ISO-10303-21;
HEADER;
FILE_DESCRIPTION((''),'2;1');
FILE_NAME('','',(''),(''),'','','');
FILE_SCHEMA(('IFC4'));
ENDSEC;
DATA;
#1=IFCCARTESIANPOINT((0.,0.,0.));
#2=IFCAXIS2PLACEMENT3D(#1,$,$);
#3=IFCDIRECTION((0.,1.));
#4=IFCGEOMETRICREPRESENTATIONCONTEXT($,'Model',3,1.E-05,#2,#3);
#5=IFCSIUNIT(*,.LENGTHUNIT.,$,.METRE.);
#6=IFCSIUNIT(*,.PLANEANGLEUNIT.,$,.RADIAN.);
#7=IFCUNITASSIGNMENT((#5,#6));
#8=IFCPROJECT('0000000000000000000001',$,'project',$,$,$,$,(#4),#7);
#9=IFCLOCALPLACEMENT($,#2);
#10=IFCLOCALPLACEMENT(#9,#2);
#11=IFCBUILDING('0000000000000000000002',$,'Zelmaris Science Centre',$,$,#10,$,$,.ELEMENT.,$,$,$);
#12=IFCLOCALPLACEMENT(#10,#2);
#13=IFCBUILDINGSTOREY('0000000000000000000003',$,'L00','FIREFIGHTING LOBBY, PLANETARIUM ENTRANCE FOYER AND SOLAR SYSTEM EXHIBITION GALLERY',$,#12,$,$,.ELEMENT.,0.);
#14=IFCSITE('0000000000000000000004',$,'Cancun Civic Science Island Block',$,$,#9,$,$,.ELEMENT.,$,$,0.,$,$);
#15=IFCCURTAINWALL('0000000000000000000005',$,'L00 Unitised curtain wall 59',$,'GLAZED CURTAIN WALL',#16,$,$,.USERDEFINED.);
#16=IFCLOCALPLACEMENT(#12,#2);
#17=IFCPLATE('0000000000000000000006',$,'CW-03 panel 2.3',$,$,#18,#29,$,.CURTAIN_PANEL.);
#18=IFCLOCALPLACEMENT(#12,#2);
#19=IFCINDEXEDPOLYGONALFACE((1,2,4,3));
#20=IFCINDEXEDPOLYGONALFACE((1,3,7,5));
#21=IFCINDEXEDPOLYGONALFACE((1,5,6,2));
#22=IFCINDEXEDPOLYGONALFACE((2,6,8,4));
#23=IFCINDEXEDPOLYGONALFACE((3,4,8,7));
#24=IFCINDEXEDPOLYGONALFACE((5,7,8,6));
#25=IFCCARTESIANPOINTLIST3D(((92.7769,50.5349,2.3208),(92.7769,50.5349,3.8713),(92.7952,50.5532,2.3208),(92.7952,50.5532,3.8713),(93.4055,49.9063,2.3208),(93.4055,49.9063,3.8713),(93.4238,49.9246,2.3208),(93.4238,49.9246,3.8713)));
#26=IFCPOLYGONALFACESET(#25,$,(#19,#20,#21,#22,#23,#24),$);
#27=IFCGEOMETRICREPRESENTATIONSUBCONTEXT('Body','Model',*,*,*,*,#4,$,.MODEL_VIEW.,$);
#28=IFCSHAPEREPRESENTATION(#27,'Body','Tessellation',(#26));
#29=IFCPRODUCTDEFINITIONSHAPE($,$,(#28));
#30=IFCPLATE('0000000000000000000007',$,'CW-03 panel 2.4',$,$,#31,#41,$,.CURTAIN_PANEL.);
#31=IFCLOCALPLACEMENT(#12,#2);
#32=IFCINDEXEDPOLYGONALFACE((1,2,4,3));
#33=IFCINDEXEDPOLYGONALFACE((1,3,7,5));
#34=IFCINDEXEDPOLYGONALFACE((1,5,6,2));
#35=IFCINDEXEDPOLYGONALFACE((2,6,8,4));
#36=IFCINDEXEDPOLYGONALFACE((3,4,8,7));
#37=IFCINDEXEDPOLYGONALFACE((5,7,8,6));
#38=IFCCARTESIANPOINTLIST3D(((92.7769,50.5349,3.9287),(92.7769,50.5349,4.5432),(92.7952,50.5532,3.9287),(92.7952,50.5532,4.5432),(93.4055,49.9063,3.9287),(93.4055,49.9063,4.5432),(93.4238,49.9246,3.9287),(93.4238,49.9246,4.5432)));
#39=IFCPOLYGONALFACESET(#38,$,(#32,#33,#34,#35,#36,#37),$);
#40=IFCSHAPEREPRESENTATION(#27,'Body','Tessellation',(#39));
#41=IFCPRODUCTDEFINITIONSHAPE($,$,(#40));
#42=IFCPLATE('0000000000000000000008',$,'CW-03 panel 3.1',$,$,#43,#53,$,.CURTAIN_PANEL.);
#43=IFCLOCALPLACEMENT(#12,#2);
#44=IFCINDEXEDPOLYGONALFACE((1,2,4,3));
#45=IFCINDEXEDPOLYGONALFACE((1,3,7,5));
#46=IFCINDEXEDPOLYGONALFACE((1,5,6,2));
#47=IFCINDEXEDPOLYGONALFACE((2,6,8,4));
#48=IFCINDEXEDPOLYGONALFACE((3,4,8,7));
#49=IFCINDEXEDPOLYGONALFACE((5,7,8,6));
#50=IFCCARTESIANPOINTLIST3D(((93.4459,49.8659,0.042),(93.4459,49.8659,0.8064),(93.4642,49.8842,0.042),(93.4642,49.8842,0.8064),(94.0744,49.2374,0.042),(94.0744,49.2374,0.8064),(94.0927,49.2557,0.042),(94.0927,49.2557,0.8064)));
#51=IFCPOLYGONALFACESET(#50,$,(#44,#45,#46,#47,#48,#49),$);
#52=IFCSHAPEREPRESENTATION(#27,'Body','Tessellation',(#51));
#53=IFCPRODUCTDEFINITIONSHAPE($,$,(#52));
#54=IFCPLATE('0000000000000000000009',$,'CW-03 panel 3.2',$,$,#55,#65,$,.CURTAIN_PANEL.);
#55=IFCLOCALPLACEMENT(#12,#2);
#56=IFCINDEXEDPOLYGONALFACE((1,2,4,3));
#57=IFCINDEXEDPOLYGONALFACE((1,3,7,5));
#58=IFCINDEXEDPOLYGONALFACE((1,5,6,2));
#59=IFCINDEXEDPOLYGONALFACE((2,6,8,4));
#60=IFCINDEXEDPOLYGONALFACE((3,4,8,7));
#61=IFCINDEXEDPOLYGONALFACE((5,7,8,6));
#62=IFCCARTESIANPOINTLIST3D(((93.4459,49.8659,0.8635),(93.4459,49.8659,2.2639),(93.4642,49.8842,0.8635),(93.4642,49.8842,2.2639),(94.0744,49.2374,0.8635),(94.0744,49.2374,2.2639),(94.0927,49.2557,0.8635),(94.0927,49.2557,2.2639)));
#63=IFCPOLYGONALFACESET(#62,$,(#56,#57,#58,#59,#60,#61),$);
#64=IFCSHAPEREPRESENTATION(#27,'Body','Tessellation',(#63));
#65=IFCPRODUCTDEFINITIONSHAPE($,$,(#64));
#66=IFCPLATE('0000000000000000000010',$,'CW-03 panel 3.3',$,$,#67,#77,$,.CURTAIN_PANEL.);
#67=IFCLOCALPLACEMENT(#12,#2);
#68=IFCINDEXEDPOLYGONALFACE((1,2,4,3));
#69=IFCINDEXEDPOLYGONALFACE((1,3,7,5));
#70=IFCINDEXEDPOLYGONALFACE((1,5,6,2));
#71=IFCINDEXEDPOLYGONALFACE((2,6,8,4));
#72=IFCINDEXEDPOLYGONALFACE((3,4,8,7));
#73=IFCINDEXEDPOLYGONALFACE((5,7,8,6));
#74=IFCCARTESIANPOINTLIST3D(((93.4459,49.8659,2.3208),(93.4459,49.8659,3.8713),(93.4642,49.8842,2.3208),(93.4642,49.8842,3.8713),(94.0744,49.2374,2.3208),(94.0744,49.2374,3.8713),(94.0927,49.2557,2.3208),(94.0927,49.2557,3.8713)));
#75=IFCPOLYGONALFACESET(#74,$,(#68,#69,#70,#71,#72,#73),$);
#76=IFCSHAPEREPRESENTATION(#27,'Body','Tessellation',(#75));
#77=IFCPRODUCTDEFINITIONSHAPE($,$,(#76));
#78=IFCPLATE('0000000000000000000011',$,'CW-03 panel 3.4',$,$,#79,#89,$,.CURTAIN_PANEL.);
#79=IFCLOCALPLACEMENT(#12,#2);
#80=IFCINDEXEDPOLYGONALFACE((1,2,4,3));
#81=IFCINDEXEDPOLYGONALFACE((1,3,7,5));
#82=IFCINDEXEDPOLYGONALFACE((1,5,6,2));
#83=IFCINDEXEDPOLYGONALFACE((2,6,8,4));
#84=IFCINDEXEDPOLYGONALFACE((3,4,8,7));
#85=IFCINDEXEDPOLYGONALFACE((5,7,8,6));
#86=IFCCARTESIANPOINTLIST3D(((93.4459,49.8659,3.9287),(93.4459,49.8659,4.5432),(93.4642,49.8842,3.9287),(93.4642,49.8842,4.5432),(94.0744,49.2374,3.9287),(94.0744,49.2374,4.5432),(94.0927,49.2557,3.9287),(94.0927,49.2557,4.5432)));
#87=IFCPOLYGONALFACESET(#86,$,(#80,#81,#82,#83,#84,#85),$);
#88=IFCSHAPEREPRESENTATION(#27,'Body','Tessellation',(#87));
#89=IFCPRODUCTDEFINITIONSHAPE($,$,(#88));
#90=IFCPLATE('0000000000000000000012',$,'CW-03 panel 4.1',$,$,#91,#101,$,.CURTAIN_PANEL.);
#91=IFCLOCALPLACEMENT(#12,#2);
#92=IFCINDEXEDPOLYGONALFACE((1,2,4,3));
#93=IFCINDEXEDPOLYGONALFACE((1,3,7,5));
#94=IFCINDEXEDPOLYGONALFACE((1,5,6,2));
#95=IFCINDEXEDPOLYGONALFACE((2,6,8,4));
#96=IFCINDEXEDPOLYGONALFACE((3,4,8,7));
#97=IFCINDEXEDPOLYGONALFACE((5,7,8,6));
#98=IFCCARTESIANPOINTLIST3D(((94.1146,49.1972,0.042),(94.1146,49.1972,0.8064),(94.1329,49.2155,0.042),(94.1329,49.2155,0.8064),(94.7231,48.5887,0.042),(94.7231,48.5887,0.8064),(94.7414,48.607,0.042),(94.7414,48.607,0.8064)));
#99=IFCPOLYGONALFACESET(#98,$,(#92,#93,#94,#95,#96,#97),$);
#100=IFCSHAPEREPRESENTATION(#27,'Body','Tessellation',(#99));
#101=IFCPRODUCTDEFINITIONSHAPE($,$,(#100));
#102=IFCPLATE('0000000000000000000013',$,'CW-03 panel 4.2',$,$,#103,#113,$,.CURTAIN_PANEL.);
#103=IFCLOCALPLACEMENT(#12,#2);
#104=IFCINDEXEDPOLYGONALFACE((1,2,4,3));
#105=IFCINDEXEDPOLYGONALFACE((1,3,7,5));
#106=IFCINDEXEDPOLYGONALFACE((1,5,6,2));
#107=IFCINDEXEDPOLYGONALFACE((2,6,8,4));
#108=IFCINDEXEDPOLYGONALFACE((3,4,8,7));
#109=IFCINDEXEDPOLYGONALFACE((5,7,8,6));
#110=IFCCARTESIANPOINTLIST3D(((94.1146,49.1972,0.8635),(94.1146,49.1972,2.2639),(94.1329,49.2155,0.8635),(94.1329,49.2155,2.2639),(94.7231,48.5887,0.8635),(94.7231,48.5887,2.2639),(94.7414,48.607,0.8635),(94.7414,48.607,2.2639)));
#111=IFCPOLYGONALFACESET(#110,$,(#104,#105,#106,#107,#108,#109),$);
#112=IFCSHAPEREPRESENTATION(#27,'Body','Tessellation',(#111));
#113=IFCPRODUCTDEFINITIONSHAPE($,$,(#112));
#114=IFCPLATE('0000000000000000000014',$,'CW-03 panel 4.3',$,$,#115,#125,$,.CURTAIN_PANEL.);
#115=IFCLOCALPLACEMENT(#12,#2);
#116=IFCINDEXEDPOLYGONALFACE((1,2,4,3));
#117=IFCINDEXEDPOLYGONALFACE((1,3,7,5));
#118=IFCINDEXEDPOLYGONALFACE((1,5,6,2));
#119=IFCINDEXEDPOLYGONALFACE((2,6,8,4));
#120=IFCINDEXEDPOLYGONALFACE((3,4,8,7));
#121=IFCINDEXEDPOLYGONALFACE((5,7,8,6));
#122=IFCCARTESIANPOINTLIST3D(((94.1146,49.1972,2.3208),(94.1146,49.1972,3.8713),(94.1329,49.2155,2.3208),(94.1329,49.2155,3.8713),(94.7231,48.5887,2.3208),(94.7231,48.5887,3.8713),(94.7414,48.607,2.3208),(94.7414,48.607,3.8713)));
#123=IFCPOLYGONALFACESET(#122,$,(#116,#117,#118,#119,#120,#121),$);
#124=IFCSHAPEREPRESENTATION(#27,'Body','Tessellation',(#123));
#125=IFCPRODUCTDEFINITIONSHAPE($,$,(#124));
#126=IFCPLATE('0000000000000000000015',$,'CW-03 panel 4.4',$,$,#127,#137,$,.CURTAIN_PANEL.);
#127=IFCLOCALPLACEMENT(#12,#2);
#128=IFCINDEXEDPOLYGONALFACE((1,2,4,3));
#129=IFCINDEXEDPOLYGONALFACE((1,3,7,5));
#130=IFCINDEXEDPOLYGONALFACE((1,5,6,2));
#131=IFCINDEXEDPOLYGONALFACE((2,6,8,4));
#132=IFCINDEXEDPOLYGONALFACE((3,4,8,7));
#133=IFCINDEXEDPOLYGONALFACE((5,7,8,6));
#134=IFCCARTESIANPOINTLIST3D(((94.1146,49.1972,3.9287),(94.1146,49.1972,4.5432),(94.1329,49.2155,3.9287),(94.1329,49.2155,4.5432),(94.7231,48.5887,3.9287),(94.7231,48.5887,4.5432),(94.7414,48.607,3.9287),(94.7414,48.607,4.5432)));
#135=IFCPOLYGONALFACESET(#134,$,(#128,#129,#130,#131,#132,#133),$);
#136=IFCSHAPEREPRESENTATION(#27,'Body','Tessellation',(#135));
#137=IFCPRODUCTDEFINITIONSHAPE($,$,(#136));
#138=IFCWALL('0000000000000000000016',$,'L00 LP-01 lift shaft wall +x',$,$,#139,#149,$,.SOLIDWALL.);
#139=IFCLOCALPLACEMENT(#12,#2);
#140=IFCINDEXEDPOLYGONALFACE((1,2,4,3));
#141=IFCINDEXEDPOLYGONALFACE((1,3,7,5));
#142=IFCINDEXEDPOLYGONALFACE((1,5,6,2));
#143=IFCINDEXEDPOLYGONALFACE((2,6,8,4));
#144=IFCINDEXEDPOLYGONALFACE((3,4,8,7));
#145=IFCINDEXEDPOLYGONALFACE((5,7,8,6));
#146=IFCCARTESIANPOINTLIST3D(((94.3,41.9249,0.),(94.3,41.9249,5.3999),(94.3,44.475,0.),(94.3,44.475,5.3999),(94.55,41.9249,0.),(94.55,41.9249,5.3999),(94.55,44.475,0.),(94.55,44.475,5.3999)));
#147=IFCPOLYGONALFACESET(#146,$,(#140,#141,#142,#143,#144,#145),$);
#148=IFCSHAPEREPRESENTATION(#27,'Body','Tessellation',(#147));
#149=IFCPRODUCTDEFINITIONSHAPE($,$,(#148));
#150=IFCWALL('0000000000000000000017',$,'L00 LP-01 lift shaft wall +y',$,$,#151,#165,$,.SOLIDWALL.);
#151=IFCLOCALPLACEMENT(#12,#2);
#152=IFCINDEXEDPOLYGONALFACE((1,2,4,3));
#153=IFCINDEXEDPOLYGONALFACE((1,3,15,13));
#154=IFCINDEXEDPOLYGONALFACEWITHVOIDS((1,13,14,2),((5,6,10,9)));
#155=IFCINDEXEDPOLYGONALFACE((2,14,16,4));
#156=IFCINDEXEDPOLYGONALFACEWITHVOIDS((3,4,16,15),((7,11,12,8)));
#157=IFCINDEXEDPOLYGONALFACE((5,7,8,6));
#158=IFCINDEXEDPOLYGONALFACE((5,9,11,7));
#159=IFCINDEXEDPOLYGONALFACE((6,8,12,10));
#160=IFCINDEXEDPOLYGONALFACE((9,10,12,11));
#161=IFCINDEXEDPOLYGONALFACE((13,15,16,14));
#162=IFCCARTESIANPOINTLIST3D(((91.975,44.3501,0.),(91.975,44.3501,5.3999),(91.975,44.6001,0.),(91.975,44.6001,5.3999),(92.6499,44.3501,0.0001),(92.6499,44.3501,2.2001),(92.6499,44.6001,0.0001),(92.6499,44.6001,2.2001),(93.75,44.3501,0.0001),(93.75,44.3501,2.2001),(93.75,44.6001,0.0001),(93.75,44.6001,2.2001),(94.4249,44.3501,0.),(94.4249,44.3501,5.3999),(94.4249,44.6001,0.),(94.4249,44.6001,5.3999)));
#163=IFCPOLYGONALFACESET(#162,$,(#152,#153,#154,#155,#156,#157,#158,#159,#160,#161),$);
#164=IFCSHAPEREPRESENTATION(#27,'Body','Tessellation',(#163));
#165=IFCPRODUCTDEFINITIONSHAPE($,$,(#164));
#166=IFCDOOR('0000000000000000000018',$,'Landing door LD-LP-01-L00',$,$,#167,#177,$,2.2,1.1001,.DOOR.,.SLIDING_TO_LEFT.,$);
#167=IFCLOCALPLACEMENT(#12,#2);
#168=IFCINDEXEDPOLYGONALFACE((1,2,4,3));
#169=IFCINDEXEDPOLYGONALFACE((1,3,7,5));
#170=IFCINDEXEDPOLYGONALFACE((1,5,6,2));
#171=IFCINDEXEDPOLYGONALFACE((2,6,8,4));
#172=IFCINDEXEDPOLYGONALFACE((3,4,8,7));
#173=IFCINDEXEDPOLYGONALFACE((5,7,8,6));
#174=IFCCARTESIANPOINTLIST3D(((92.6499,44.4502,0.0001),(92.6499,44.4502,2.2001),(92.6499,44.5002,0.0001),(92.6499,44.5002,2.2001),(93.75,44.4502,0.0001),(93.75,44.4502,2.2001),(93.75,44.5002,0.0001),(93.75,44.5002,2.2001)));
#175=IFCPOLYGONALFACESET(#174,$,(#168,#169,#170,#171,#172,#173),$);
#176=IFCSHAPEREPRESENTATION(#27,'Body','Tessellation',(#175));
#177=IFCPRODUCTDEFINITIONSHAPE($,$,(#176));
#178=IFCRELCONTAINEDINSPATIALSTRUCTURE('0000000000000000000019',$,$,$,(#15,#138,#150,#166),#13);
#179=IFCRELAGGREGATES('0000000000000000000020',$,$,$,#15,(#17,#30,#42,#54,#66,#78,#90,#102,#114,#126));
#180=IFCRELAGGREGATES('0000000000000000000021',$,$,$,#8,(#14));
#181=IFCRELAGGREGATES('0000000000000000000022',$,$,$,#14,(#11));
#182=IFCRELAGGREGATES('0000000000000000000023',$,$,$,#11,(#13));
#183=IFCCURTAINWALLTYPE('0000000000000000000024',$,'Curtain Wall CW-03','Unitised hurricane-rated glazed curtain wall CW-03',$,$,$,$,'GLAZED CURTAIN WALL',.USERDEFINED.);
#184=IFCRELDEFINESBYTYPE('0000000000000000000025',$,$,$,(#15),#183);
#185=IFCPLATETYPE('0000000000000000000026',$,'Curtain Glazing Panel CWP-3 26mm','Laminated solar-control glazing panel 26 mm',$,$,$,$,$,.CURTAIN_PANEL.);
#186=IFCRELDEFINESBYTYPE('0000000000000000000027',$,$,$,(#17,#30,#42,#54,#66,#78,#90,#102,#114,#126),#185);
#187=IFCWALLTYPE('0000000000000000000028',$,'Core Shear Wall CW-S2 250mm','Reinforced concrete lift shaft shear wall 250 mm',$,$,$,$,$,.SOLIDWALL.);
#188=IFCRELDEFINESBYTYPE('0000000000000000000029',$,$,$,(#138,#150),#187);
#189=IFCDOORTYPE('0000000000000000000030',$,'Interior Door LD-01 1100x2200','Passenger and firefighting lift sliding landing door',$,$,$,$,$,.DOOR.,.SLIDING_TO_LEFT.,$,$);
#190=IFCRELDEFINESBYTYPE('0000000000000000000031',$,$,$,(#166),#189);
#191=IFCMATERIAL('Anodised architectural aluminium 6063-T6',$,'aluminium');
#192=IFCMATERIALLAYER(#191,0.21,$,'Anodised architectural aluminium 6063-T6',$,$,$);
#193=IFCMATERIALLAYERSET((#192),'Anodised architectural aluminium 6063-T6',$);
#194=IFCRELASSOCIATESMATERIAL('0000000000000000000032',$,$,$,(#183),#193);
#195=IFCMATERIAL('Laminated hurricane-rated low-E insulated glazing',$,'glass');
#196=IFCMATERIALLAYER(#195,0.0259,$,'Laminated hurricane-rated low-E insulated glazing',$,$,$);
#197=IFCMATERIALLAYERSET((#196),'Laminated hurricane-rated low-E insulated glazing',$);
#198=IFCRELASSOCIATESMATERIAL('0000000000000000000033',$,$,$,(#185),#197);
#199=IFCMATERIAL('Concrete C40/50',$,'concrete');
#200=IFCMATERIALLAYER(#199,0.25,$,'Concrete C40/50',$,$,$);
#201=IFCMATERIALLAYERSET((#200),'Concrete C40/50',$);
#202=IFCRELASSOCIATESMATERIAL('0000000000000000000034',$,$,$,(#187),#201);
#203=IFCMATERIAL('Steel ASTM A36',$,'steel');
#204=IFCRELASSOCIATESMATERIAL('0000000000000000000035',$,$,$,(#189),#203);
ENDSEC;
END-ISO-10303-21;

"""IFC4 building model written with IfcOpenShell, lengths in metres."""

from ifc_helpers import new_model, si_unit, direction, frame, frame_2d, origin, origin_2d, place, context, subcontext, project, spatial, rectangle, extrude, material, layer, layer_set, type_object, element, fill, aggregate, save


model = new_model("IFC4")

# Units and contexts
model_context = context("Model", 3, precision=1e-05, world=origin(), true_north=direction((0.0, 1.0)))
body_context = subcontext(model_context, "Body", "Model", "MODEL_VIEW")
ifc_project = project(units=[si_unit("LENGTHUNIT", "METRE"), si_unit("PLANEANGLEUNIT", "RADIAN")], contexts=[model_context])

# Site, building, storey
site_placement = place(None, origin())
site = spatial("IfcSite", under=ifc_project, at=site_placement, Name="Cancun Civic Science Island Block", CompositionType="ELEMENT", RefElevation=0.0)
building_placement = place(site_placement, origin())
building = spatial("IfcBuilding", under=site, at=building_placement, Name="Zelmaris Science Centre", CompositionType="ELEMENT")
storey_placement = place(building_placement, origin())
storey = spatial("IfcBuildingStorey", under=building, at=storey_placement, Name="L00", Description="FIREFIGHTING LOBBY, PLANETARIUM ENTRANCE FOYER AND SOLAR SYSTEM EXHIBITION GALLERY", CompositionType="ELEMENT", Elevation=0.0)

# Curtain wall
ifc_material_1 = material(Name="Anodised architectural aluminium 6063-T6", Category="aluminium")
ifc_layer_1 = layer(ifc_material_1, 0.21, Name="Anodised architectural aluminium 6063-T6")
ifc_layer_set_1 = layer_set([ifc_layer_1], Name="Anodised architectural aluminium 6063-T6")
curtain_wall_type_1 = type_object("IfcCurtainWallType", Name="Curtain Wall CW-03", Description="Unitised hurricane-rated glazed curtain wall CW-03", ElementType="GLAZED CURTAIN WALL", PredefinedType="USERDEFINED", material=ifc_layer_set_1)
curtain_wall_1_placement = place(storey_placement, origin())
curtain_wall_1 = element("IfcCurtainWall", 1, at=curtain_wall_1_placement, inside=storey, type_object=curtain_wall_type_1, Name="L00 Unitised curtain wall 59", ObjectType="GLAZED CURTAIN WALL", PredefinedType="USERDEFINED")

# Plates
ifc_material_2 = material(Name="Laminated hurricane-rated low-E insulated glazing", Category="glass")
ifc_layer_2 = layer(ifc_material_2, 0.0259, Name="Laminated hurricane-rated low-E insulated glazing")
ifc_layer_set_2 = layer_set([ifc_layer_2], Name="Laminated hurricane-rated low-E insulated glazing")
plate_type_1 = type_object("IfcPlateType", Name="Curtain Glazing Panel CWP-3 26mm", Description="Laminated solar-control glazing panel 26 mm", PredefinedType="CURTAIN_PANEL", material=ifc_layer_set_2)
plate_1_placement = place(storey_placement, frame((93.1003, 50.2297, 2.3208), z_axis=(0.0, 0.0, 1.0), x_axis=(0.707107, -0.707107, 0.0)))
plate_1 = element("IfcPlate", 2, at=plate_1_placement, type_object=plate_type_1, Name="CW-03 panel 2.3", PredefinedType="CURTAIN_PANEL", context=body_context, shape_type="SweptSolid", body=[
    extrude(rectangle(XDim=0.8889, YDim=0.0259, at=origin_2d()), origin(), (0.0, 0.0, 1.0), 1.5505),
])
plate_2_placement = place(storey_placement, frame((93.1003, 50.2297, 3.9287), z_axis=(0.0, 0.0, 1.0), x_axis=(0.707107, -0.707107, 0.0)))
plate_2 = element("IfcPlate", 3, at=plate_2_placement, type_object=plate_type_1, Name="CW-03 panel 2.4", PredefinedType="CURTAIN_PANEL", context=body_context, shape_type="SweptSolid", body=[
    extrude(rectangle(XDim=0.8889, YDim=0.0259, at=origin_2d()), origin(), (0.0, 0.0, 1.0), 0.6145),
])
plate_3_placement = place(storey_placement, frame((93.7693, 49.5608, 0.042), z_axis=(0.0, 0.0, 1.0), x_axis=(0.707107, -0.707107, 0.0)))
plate_3 = element("IfcPlate", 4, at=plate_3_placement, type_object=plate_type_1, Name="CW-03 panel 3.1", PredefinedType="CURTAIN_PANEL", context=body_context, shape_type="SweptSolid", body=[
    extrude(rectangle(XDim=0.8889, YDim=0.0259, at=origin_2d()), origin(), (0.0, 0.0, 1.0), 0.7644),
])
plate_4_placement = place(storey_placement, frame((93.7693, 49.5608, 0.8635), z_axis=(0.0, 0.0, 1.0), x_axis=(0.707107, -0.707107, 0.0)))
plate_4 = element("IfcPlate", 5, at=plate_4_placement, type_object=plate_type_1, Name="CW-03 panel 3.2", PredefinedType="CURTAIN_PANEL", context=body_context, shape_type="SweptSolid", body=[
    extrude(rectangle(XDim=0.8889, YDim=0.0259, at=origin_2d()), origin(), (0.0, 0.0, 1.0), 1.4004),
])
plate_5_placement = place(storey_placement, frame((93.7693, 49.5608, 2.3208), z_axis=(0.0, 0.0, 1.0), x_axis=(0.707107, -0.707107, 0.0)))
plate_5 = element("IfcPlate", 6, at=plate_5_placement, type_object=plate_type_1, Name="CW-03 panel 3.3", PredefinedType="CURTAIN_PANEL", context=body_context, shape_type="SweptSolid", body=[
    extrude(rectangle(XDim=0.8889, YDim=0.0259, at=origin_2d()), origin(), (0.0, 0.0, 1.0), 1.5505),
])
plate_6_placement = place(storey_placement, frame((93.7693, 49.5608, 3.9287), z_axis=(0.0, 0.0, 1.0), x_axis=(0.707107, -0.707107, 0.0)))
plate_6 = element("IfcPlate", 7, at=plate_6_placement, type_object=plate_type_1, Name="CW-03 panel 3.4", PredefinedType="CURTAIN_PANEL", context=body_context, shape_type="SweptSolid", body=[
    extrude(rectangle(XDim=0.8889, YDim=0.0259, at=origin_2d()), origin(), (0.0, 0.0, 1.0), 0.6145),
])
plate_7_placement = place(storey_placement, frame((94.428, 48.9021, 0.042), z_axis=(0.0, 0.0, 1.0), x_axis=(0.707107, -0.707107, 0.0)))
plate_7 = element("IfcPlate", 8, at=plate_7_placement, type_object=plate_type_1, Name="CW-03 panel 4.1", PredefinedType="CURTAIN_PANEL", context=body_context, shape_type="SweptSolid", body=[
    extrude(rectangle(XDim=0.8606, YDim=0.0259, at=origin_2d()), origin(), (0.0, 0.0, 1.0), 0.7644),
])
plate_8_placement = place(storey_placement, frame((94.428, 48.9021, 0.8635), z_axis=(0.0, 0.0, 1.0), x_axis=(0.707107, -0.707107, 0.0)))
plate_8 = element("IfcPlate", 9, at=plate_8_placement, type_object=plate_type_1, Name="CW-03 panel 4.2", PredefinedType="CURTAIN_PANEL", context=body_context, shape_type="SweptSolid", body=[
    extrude(rectangle(XDim=0.8606, YDim=0.0259, at=origin_2d()), origin(), (0.0, 0.0, 1.0), 1.4004),
])
plate_9_placement = place(storey_placement, frame((94.428, 48.9021, 2.3208), z_axis=(0.0, 0.0, 1.0), x_axis=(0.707107, -0.707107, 0.0)))
plate_9 = element("IfcPlate", 10, at=plate_9_placement, type_object=plate_type_1, Name="CW-03 panel 4.3", PredefinedType="CURTAIN_PANEL", context=body_context, shape_type="SweptSolid", body=[
    extrude(rectangle(XDim=0.8606, YDim=0.0259, at=origin_2d()), origin(), (0.0, 0.0, 1.0), 1.5505),
])
plate_10_placement = place(storey_placement, frame((94.428, 48.9021, 3.9287), z_axis=(0.0, 0.0, 1.0), x_axis=(0.707107, -0.707107, 0.0)))
plate_10 = element("IfcPlate", 11, at=plate_10_placement, type_object=plate_type_1, Name="CW-03 panel 4.4", PredefinedType="CURTAIN_PANEL", context=body_context, shape_type="SweptSolid", body=[
    extrude(rectangle(XDim=0.8606, YDim=0.0259, at=origin_2d()), origin(), (0.0, 0.0, 1.0), 0.6145),
])
aggregate(curtain_wall_1, [plate_1, plate_2, plate_3, plate_4, plate_5, plate_6, plate_7, plate_8, plate_9, plate_10])

# Wall
ifc_material_3 = material(Name="Concrete C40/50", Category="concrete")
ifc_layer_3 = layer(ifc_material_3, 0.25, Name="Concrete C40/50")
ifc_layer_set_3 = layer_set([ifc_layer_3], Name="Concrete C40/50")
wall_type = type_object("IfcWallType", Name="Core Shear Wall CW-S2 250mm", Description="Reinforced concrete lift shaft shear wall 250 mm", PredefinedType="SOLIDWALL", material=ifc_layer_set_3)
wall_1_placement = place(storey_placement, frame((94.425, 41.925, 0.0), z_axis=(0.0, 0.0, 1.0), x_axis=(0.0, 1.0, 0.0)))
element("IfcWall", 12, at=wall_1_placement, inside=storey, type_object=wall_type, Name="L00 LP-01 lift shaft wall +x", PredefinedType="SOLIDWALL", context=body_context, shape_type="SweptSolid", body=[
    extrude(rectangle(XDim=2.55, YDim=0.25, at=frame_2d((1.2749, 0.0))), origin(), (0.0, 0.0, 1.0), 5.3999),
])

# Wall, opening, door
wall_2_placement = place(storey_placement, frame((94.425, 44.4751, 0.0), z_axis=(0.0, 0.0, 1.0), x_axis=(-1.0, 0.0, 0.0)))
wall_2 = element("IfcWall", 13, at=wall_2_placement, inside=storey, type_object=wall_type, Name="L00 LP-01 lift shaft wall +y", PredefinedType="SOLIDWALL", context=body_context, shape_type="SweptSolid", body=[
    extrude(rectangle(XDim=2.45, YDim=0.25, at=frame_2d((1.2251, 0.0))), origin(), (0.0, 0.0, 1.0), 5.3999),
])
opening_placement = place(wall_2_placement, frame((0.675, 0.0, 0.0)))
opening = element("IfcOpeningElement", 14, at=opening_placement, cuts=wall_2, PredefinedType="OPENING", context=body_context, shape_type="SweptSolid", body=[
    extrude(rectangle(XDim=1.1001, YDim=2.2, at=frame_2d((0.55, 1.1001))), frame((0.0, 0.135, 0.0), z_axis=(0.0, -1.0, 0.0), x_axis=(1.0, 0.0, 0.0)), (0.0, 0.0, 1.0), 0.27),
])
ifc_material_4 = material(Name="Steel ASTM A36", Category="steel")
door_type = type_object("IfcDoorType", Name="Interior Door LD-01 1100x2200", Description="Passenger and firefighting lift sliding landing door", OperationType="SLIDING_TO_LEFT", PredefinedType="DOOR", material=ifc_material_4)
door_placement = place(opening_placement, origin())
door = element("IfcDoor", 15, at=door_placement, inside=storey, type_object=door_type, Name="Landing door LD-LP-01-L00", OperationType="SLIDING_TO_LEFT", OverallHeight=2.2, OverallWidth=1.1001, PredefinedType="DOOR", context=body_context, shape_type="SweptSolid", body=[
    extrude(rectangle(XDim=1.1001, YDim=2.2, at=frame_2d((0.55, 1.1001))), frame((0.0, 0.0249, 0.0), z_axis=(0.0, -1.0, 0.0), x_axis=(1.0, 0.0, 0.0)), (0.0, 0.0, 1.0), 0.05),
])
fill(opening, door)

save(model, "model.ifc")
